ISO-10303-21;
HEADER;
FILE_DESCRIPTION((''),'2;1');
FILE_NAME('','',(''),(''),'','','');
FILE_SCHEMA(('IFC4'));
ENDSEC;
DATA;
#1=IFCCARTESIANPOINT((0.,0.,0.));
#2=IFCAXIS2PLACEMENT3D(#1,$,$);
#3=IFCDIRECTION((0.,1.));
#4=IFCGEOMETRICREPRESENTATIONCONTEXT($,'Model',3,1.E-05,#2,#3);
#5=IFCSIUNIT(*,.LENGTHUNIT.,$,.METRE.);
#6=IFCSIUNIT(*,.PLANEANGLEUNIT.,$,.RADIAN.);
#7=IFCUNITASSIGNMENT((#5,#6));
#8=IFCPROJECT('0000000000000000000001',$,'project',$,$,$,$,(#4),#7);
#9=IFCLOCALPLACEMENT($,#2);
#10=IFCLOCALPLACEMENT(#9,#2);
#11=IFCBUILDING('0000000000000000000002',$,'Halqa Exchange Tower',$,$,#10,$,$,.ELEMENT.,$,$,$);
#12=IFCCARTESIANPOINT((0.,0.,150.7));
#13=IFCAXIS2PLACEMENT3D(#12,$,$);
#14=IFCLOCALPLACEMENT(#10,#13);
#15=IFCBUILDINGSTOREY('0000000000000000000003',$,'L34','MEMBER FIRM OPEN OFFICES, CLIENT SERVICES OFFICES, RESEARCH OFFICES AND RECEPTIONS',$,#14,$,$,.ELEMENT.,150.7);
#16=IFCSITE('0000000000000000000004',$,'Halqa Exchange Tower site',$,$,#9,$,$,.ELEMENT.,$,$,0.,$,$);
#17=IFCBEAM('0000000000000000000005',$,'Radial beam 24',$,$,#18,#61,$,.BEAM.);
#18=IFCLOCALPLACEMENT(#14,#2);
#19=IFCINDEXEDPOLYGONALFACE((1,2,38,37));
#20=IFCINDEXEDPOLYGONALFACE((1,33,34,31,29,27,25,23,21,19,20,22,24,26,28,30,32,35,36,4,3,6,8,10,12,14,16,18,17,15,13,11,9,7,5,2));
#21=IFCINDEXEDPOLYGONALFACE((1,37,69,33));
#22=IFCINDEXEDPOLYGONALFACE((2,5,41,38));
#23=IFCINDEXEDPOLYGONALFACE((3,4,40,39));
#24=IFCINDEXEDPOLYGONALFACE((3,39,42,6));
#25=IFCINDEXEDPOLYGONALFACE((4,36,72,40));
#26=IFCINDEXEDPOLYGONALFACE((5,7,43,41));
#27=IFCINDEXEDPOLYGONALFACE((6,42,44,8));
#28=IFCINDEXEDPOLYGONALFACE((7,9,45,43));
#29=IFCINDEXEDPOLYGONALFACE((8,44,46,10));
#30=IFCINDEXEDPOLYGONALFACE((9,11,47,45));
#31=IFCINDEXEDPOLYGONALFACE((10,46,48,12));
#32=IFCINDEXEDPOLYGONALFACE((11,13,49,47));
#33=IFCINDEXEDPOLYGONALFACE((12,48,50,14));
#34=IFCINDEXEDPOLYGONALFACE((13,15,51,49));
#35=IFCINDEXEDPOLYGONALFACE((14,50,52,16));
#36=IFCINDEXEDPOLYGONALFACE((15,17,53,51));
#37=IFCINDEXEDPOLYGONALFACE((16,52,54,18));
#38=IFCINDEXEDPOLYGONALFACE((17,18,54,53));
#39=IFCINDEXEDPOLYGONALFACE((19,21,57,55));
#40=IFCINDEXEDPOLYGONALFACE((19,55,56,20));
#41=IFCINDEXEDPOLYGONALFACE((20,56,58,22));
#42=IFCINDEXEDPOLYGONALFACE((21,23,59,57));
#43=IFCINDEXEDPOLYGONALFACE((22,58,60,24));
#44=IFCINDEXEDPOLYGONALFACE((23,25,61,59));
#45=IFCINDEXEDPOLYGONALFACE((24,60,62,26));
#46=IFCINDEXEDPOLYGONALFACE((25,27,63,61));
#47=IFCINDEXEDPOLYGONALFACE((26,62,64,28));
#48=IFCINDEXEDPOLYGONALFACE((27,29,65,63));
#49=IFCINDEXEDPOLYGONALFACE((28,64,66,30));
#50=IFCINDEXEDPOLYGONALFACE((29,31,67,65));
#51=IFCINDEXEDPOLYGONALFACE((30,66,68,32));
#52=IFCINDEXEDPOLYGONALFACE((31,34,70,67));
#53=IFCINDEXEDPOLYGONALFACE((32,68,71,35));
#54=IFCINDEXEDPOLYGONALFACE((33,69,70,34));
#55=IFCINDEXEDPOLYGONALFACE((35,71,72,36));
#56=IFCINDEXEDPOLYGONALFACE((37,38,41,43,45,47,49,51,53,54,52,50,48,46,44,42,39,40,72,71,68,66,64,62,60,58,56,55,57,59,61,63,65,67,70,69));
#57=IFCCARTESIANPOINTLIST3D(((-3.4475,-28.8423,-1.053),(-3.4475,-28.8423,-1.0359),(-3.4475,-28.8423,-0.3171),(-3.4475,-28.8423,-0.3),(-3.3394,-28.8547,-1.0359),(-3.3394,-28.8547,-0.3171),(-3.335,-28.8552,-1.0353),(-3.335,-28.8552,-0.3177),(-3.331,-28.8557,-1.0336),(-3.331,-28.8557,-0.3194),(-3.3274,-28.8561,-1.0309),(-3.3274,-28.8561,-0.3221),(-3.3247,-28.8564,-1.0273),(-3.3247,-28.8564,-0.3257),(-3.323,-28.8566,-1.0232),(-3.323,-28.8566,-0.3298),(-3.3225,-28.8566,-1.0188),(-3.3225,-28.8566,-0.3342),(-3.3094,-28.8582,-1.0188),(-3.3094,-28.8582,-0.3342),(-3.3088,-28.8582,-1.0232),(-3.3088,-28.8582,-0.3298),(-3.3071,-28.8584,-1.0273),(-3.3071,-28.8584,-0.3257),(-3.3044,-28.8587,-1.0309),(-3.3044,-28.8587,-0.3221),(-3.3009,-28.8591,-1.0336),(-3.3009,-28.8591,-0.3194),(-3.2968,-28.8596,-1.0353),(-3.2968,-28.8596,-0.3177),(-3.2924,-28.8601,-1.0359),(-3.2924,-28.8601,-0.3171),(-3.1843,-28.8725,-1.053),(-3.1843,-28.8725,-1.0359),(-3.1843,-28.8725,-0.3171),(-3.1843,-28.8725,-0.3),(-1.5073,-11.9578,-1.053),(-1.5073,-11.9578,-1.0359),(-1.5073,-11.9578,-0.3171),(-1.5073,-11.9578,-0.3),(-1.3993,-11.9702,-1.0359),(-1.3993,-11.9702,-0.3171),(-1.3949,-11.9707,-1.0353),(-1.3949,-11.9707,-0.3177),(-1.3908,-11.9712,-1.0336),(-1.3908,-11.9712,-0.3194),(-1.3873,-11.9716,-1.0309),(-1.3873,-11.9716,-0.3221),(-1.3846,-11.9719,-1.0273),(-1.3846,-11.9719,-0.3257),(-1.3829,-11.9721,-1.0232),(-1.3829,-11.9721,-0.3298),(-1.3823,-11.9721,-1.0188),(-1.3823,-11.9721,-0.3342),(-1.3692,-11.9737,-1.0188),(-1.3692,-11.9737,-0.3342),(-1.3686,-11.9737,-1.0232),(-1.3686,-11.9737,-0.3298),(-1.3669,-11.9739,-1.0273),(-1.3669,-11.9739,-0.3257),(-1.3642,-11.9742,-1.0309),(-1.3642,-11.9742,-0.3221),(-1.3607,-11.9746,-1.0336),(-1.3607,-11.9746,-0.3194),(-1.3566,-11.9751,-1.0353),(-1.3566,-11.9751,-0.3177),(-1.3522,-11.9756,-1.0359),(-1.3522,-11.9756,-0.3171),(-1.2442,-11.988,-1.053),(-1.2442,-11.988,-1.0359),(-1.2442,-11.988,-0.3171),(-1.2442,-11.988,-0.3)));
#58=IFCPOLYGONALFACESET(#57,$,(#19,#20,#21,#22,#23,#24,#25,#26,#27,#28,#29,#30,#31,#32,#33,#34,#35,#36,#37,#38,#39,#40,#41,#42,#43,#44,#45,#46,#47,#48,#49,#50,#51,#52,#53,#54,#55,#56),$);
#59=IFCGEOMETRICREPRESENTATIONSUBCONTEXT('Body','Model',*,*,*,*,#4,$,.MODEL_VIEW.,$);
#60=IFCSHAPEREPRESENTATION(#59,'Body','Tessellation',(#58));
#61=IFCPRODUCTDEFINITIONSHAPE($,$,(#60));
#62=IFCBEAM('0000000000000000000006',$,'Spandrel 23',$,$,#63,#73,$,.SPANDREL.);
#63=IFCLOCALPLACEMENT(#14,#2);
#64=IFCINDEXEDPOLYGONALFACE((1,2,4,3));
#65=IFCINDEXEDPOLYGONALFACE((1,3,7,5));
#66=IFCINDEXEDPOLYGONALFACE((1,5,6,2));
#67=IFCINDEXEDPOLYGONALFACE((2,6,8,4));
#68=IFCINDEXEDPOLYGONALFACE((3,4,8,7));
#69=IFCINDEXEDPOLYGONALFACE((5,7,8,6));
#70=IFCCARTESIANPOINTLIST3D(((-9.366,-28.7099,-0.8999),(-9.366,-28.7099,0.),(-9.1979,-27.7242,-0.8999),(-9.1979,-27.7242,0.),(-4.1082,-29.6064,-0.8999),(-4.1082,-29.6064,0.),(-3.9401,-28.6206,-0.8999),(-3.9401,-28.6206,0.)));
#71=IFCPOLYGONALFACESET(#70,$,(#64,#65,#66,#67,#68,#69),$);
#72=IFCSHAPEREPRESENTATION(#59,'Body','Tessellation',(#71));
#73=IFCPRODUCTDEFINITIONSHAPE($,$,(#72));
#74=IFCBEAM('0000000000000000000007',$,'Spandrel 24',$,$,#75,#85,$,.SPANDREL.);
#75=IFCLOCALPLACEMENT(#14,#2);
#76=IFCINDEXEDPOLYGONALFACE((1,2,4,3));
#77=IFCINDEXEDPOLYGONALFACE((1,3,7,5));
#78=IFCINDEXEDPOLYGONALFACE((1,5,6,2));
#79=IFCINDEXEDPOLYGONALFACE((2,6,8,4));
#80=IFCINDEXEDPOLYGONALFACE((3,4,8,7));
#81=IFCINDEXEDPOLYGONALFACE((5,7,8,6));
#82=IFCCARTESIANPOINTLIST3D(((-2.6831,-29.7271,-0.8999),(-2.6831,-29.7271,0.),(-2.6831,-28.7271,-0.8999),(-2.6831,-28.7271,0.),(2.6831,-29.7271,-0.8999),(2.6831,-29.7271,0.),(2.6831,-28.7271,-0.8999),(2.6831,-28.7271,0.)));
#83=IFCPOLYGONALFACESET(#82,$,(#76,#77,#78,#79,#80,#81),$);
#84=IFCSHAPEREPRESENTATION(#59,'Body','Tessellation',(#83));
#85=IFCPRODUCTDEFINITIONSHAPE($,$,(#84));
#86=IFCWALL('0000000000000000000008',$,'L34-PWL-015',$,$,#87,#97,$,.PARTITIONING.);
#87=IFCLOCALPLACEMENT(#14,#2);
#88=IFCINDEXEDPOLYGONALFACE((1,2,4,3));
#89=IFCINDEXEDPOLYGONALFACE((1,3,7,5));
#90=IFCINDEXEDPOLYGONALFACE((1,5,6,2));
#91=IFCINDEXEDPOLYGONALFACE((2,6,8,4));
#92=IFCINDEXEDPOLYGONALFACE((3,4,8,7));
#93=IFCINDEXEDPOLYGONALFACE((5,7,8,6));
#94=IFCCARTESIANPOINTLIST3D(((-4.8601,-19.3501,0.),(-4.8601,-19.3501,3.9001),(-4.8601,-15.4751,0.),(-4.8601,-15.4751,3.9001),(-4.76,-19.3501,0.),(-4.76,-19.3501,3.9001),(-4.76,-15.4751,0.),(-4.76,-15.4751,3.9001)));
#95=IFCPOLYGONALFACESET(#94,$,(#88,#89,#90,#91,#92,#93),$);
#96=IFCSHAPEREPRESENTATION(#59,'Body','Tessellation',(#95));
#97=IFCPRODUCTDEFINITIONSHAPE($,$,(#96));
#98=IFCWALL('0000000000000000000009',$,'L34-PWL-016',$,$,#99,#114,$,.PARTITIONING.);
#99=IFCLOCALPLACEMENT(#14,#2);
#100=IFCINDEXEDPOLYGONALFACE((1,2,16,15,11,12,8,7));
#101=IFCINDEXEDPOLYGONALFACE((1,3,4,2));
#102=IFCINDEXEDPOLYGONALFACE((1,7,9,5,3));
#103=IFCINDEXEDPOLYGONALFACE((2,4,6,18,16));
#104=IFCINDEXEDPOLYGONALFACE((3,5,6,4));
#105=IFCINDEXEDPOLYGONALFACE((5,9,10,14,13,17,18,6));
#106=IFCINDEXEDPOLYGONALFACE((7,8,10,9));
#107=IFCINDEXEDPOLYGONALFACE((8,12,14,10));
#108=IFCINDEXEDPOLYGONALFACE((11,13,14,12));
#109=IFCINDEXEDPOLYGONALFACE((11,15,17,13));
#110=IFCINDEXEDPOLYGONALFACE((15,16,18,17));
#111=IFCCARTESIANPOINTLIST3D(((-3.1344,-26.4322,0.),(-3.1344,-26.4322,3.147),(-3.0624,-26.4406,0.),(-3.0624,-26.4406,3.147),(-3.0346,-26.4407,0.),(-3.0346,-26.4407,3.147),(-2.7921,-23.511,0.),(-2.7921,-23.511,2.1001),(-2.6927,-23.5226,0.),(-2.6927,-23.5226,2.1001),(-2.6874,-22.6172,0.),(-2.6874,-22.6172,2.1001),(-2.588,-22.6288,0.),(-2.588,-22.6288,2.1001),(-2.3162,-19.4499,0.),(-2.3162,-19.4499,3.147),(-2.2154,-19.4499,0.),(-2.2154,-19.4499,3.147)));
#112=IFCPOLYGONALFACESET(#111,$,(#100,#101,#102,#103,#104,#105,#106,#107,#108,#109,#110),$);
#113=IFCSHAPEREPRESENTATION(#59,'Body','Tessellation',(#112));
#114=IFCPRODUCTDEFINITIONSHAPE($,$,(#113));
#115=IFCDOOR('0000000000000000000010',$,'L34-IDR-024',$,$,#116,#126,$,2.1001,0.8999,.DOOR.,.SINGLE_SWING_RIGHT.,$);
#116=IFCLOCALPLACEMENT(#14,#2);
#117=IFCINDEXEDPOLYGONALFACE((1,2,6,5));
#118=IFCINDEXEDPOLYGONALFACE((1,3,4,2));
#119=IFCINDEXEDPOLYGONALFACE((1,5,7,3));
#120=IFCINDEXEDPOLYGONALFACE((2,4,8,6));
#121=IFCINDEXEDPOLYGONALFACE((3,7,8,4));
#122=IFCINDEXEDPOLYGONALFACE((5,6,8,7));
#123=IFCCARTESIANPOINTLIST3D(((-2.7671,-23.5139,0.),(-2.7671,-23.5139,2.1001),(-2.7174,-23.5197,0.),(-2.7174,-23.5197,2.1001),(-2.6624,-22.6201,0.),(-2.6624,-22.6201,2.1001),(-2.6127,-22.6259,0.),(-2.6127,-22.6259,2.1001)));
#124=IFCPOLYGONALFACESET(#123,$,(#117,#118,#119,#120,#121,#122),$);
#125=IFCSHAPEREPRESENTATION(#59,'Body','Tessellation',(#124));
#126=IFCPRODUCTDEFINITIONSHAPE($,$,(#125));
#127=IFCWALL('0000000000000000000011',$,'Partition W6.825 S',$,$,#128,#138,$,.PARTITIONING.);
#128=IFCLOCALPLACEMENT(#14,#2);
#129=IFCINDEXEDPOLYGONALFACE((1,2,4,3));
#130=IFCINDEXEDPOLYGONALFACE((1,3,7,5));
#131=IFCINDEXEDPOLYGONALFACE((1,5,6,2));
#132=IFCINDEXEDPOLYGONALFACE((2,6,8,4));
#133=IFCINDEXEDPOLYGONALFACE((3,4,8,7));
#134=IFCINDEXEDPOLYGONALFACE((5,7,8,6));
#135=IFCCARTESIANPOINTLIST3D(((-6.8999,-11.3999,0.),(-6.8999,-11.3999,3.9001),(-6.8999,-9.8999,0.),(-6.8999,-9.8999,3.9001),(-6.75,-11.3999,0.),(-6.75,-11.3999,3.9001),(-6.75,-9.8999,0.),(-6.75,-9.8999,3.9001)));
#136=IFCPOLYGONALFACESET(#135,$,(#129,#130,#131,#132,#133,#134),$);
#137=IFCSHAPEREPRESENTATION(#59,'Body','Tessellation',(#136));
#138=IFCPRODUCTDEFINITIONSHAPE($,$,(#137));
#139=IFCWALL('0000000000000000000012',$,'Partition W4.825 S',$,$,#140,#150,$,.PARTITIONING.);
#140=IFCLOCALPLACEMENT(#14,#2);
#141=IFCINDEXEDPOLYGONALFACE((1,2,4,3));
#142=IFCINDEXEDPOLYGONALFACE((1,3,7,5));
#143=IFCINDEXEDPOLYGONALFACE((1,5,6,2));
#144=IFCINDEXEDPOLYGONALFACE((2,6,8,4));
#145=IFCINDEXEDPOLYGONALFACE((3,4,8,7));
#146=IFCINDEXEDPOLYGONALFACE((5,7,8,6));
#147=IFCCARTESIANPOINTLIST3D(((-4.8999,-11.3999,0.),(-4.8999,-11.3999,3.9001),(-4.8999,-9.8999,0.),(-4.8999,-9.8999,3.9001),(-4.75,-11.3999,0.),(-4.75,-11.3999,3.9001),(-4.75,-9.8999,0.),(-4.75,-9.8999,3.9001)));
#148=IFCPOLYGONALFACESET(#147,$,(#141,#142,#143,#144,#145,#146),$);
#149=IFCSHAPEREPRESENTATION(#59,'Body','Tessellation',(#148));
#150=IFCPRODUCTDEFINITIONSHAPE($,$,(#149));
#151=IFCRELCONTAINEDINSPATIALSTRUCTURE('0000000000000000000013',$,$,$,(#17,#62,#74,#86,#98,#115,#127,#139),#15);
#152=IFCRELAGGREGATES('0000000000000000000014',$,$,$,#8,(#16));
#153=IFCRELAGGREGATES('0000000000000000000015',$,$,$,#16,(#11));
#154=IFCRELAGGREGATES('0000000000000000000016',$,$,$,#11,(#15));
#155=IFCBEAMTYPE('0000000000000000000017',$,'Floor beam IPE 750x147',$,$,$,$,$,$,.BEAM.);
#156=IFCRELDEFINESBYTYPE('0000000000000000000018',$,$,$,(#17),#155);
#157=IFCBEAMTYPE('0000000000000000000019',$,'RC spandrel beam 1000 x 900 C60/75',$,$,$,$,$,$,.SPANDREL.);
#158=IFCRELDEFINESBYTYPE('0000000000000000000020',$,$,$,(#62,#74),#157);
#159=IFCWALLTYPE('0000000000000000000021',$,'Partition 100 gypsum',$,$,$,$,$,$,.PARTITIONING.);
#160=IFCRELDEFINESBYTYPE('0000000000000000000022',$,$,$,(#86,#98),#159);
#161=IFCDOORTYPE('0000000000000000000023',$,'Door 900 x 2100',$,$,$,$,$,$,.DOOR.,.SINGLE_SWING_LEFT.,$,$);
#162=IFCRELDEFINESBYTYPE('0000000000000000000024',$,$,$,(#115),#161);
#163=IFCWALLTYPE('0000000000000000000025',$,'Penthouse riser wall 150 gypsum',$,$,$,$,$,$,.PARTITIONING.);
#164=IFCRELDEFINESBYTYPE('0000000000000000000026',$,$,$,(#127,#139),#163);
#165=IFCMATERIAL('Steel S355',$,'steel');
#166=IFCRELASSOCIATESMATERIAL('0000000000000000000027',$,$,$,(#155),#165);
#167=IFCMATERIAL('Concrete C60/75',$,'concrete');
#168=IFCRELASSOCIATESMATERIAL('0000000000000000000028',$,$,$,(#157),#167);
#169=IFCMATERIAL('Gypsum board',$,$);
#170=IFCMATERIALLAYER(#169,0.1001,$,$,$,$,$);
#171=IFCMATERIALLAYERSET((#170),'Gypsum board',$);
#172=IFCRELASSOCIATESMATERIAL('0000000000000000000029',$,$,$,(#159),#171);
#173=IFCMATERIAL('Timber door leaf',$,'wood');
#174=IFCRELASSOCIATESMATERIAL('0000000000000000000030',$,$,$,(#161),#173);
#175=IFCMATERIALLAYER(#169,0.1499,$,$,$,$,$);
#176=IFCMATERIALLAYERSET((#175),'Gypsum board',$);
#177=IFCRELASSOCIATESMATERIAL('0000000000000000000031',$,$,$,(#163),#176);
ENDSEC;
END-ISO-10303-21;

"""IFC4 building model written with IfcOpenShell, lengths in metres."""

from ifc_helpers import new_model, si_unit, direction, frame, frame_2d, origin, origin_2d, place, context, subcontext, project, spatial, polyline, rectangle, i_section, outline, extrude, material, layer, layer_set, material_profile, profile_set, type_object, element, fill, save


model = new_model("IFC4")

# Units and contexts
model_context = context("Model", 3, precision=1e-05, world=origin(), true_north=direction((0.0, 1.0)))
body_context = subcontext(model_context, "Body", "Model", "MODEL_VIEW")
ifc_project = project(units=[si_unit("LENGTHUNIT", "METRE"), si_unit("PLANEANGLEUNIT", "RADIAN")], contexts=[model_context])

# Site, building, storey
site_placement = place(None, origin())
site = spatial("IfcSite", under=ifc_project, at=site_placement, Name="Halqa Exchange Tower site", CompositionType="ELEMENT", RefElevation=0.0)
building_placement = place(site_placement, origin())
building = spatial("IfcBuilding", under=site, at=building_placement, Name="Halqa Exchange Tower", CompositionType="ELEMENT")
storey_placement = place(building_placement, frame((0.0, 0.0, 150.7)))
storey = spatial("IfcBuildingStorey", under=building, at=storey_placement, Name="L34", Description="MEMBER FIRM OPEN OFFICES, CLIENT SERVICES OFFICES, RESEARCH OFFICES AND RECEPTIONS", CompositionType="ELEMENT", Elevation=150.7)

# Beams
ifc_material_1 = material(Name="Steel S355", Category="steel")
ifc_material_profile_1 = material_profile(ifc_material_1, i_section(OverallWidth=0.2649, OverallDepth=0.7529, WebThickness=0.0132, FlangeThickness=0.0171, FilletRadius=0.0171, at=origin_2d()), Name="IPE 750x147")
ifc_profile_set_1 = profile_set([ifc_material_profile_1], Name="Steel S355")
beam_type_1 = type_object("IfcBeamType", Name="Floor beam IPE 750x147", PredefinedType="BEAM", material=ifc_profile_set_1)
beam_1_placement = place(storey_placement, frame((-1.3757, -11.9729, -0.6765), z_axis=(-0.114158, -0.993463, 0.0), x_axis=(0.993463, -0.114158, 0.0)))
element("IfcBeam", 1, at=beam_1_placement, inside=storey, type_object=beam_type_1, Name="Radial beam 24", PredefinedType="BEAM", context=body_context, shape_type="SweptSolid", body=[
    extrude(i_section(OverallWidth=0.2649, OverallDepth=0.7529, WebThickness=0.0132, FlangeThickness=0.0171, FilletRadius=0.0171, at=origin_2d()), origin(), (0.0, 0.0, 1.0), 16.9956),
])
ifc_material_2 = material(Name="Concrete C60/75", Category="concrete")
ifc_material_profile_2 = material_profile(ifc_material_2, rectangle(XDim=1.0, YDim=0.8999, at=origin_2d()), Name="1000 x 900")
ifc_profile_set_2 = profile_set([ifc_material_profile_2], Name="Concrete C60/75")
beam_type_2 = type_object("IfcBeamType", Name="RC spandrel beam 1000 x 900 C60/75", PredefinedType="SPANDREL", material=ifc_profile_set_2)
beam_2_placement = place(storey_placement, frame((-9.282, -28.217, -0.45), z_axis=(0.985773, -0.168079, 0.0), x_axis=(0.168079, 0.985773, 0.0)))
element("IfcBeam", 2, at=beam_2_placement, inside=storey, type_object=beam_type_2, Name="Spandrel 23", PredefinedType="SPANDREL", context=body_context, shape_type="SweptSolid", body=[
    extrude(rectangle(XDim=1.0, YDim=0.8999, at=origin_2d()), origin(), (0.0, 0.0, 1.0), 5.3337),
])
beam_3_placement = place(storey_placement, frame((-2.6831, -29.2271, -0.45), z_axis=(1.0, 0.0, 0.0), x_axis=(0.0, 1.0, 0.0)))
element("IfcBeam", 3, at=beam_3_placement, inside=storey, type_object=beam_type_2, Name="Spandrel 24", PredefinedType="SPANDREL", context=body_context, shape_type="SweptSolid", body=[
    extrude(rectangle(XDim=1.0, YDim=0.8999, at=origin_2d()), origin(), (0.0, 0.0, 1.0), 5.3662),
])

# Wall
ifc_material_3 = material(Name="Gypsum board")
ifc_layer_1 = layer(ifc_material_3, 0.1001)
ifc_layer_set_1 = layer_set([ifc_layer_1], Name="Gypsum board")
wall_type_1 = type_object("IfcWallType", Name="Partition 100 gypsum", PredefinedType="PARTITIONING", material=ifc_layer_set_1)
wall_1_placement = place(storey_placement, frame((-4.8101, -19.3501, 0.0), z_axis=(0.0, 0.0, 1.0), x_axis=(0.0, 1.0, 0.0)))
element("IfcWall", 4, at=wall_1_placement, inside=storey, type_object=wall_type_1, Name="L34-PWL-015", PredefinedType="PARTITIONING", context=body_context, shape_type="SweptSolid", body=[
    extrude(rectangle(XDim=3.875, YDim=0.1001, at=frame_2d((1.9375, 0.0))), origin(), (0.0, 0.0, 1.0), 3.9001),
])

# Wall, opening, door
wall_2_placement = place(storey_placement, frame((-2.2651, -19.4441, 0.0), z_axis=(0.0, 0.0, 1.0), x_axis=(-0.116389, -0.993204, 0.0)))
wall_2 = element("IfcWall", 5, at=wall_2_placement, inside=storey, type_object=wall_type_1, Name="L34-PWL-016", PredefinedType="PARTITIONING", context=body_context, shape_type="SweptSolid", body=[
    extrude(outline(polyline([(0.0117, -0.05), (1.7693, -0.05), (3.5269, -0.05), (5.2842, -0.05), (7.0417, -0.05), (7.0417, -0.0486), (7.0417, 0.0225), (7.0386, 0.05), (5.2788, 0.05), (3.5193, 0.05), (1.7598, 0.05), (0.0, 0.05), (0.0117, -0.05)])), origin(), (0.0, 0.0, 1.0), 3.147),
])
opening_1_placement = place(wall_2_placement, frame((3.2007, 0.0, 0.0)))
opening_1 = element("IfcOpeningElement", 6, at=opening_1_placement, cuts=wall_2, PredefinedType="OPENING", context=body_context, shape_type="SweptSolid", body=[
    extrude(rectangle(XDim=0.8999, YDim=2.1001, at=frame_2d((0.45, 1.05))), frame((0.0, 0.062, 0.0), z_axis=(0.0, -1.0, 0.0), x_axis=(1.0, 0.0, 0.0)), (0.0, 0.0, 1.0), 0.124),
])
ifc_material_4 = material(Name="Timber door leaf", Category="wood")
door_type_1 = type_object("IfcDoorType", Name="Door 900 x 2100", OperationType="SINGLE_SWING_LEFT", PredefinedType="DOOR", material=ifc_material_4)
door_1_placement = place(opening_1_placement, frame((0.8999, 0.0, 0.0), z_axis=(0.0, 0.0, 1.0), x_axis=(-1.0, 0.0, 0.0)))
door_1 = element("IfcDoor", 7, at=door_1_placement, inside=storey, type_object=door_type_1, Name="L34-IDR-024", OperationType="SINGLE_SWING_RIGHT", OverallHeight=2.1001, OverallWidth=0.8999, PredefinedType="DOOR", context=body_context, shape_type="SweptSolid", body=[
    extrude(rectangle(XDim=0.8999, YDim=2.1001, at=frame_2d((0.45, 1.05))), frame((0.0, 0.0249, 0.0), z_axis=(0.0, -1.0, 0.0), x_axis=(1.0, 0.0, 0.0)), (0.0, 0.0, 1.0), 0.05),
])
fill(opening_1, door_1)

# Walls
ifc_layer_2 = layer(ifc_material_3, 0.1499)
ifc_layer_set_2 = layer_set([ifc_layer_2], Name="Gypsum board")
wall_type_2 = type_object("IfcWallType", Name="Penthouse riser wall 150 gypsum", PredefinedType="PARTITIONING", material=ifc_layer_set_2)
for number, where, z_axis, x_axis, name in (
    (8, (-6.825, -11.3999, 0.0), (0.0, 0.0, 1.0), (0.0, 1.0, 0.0), "Partition W6.825 S"),
    (9, (-4.825, -11.3999, 0.0), (0.0, 0.0, 1.0), (0.0, 1.0, 0.0), "Partition W4.825 S"),
):
    element("IfcWall", number, at=place(storey_placement, frame(where, z_axis=z_axis, x_axis=x_axis)), inside=storey, type_object=wall_type_2, Name=name, PredefinedType="PARTITIONING", context=body_context, shape_type="SweptSolid", body=[
        extrude(rectangle(XDim=1.5, YDim=0.1499, at=frame_2d((0.75, 0.0))), origin(), (0.0, 0.0, 1.0), 3.9001),
    ])

save(model, "model.ifc")
